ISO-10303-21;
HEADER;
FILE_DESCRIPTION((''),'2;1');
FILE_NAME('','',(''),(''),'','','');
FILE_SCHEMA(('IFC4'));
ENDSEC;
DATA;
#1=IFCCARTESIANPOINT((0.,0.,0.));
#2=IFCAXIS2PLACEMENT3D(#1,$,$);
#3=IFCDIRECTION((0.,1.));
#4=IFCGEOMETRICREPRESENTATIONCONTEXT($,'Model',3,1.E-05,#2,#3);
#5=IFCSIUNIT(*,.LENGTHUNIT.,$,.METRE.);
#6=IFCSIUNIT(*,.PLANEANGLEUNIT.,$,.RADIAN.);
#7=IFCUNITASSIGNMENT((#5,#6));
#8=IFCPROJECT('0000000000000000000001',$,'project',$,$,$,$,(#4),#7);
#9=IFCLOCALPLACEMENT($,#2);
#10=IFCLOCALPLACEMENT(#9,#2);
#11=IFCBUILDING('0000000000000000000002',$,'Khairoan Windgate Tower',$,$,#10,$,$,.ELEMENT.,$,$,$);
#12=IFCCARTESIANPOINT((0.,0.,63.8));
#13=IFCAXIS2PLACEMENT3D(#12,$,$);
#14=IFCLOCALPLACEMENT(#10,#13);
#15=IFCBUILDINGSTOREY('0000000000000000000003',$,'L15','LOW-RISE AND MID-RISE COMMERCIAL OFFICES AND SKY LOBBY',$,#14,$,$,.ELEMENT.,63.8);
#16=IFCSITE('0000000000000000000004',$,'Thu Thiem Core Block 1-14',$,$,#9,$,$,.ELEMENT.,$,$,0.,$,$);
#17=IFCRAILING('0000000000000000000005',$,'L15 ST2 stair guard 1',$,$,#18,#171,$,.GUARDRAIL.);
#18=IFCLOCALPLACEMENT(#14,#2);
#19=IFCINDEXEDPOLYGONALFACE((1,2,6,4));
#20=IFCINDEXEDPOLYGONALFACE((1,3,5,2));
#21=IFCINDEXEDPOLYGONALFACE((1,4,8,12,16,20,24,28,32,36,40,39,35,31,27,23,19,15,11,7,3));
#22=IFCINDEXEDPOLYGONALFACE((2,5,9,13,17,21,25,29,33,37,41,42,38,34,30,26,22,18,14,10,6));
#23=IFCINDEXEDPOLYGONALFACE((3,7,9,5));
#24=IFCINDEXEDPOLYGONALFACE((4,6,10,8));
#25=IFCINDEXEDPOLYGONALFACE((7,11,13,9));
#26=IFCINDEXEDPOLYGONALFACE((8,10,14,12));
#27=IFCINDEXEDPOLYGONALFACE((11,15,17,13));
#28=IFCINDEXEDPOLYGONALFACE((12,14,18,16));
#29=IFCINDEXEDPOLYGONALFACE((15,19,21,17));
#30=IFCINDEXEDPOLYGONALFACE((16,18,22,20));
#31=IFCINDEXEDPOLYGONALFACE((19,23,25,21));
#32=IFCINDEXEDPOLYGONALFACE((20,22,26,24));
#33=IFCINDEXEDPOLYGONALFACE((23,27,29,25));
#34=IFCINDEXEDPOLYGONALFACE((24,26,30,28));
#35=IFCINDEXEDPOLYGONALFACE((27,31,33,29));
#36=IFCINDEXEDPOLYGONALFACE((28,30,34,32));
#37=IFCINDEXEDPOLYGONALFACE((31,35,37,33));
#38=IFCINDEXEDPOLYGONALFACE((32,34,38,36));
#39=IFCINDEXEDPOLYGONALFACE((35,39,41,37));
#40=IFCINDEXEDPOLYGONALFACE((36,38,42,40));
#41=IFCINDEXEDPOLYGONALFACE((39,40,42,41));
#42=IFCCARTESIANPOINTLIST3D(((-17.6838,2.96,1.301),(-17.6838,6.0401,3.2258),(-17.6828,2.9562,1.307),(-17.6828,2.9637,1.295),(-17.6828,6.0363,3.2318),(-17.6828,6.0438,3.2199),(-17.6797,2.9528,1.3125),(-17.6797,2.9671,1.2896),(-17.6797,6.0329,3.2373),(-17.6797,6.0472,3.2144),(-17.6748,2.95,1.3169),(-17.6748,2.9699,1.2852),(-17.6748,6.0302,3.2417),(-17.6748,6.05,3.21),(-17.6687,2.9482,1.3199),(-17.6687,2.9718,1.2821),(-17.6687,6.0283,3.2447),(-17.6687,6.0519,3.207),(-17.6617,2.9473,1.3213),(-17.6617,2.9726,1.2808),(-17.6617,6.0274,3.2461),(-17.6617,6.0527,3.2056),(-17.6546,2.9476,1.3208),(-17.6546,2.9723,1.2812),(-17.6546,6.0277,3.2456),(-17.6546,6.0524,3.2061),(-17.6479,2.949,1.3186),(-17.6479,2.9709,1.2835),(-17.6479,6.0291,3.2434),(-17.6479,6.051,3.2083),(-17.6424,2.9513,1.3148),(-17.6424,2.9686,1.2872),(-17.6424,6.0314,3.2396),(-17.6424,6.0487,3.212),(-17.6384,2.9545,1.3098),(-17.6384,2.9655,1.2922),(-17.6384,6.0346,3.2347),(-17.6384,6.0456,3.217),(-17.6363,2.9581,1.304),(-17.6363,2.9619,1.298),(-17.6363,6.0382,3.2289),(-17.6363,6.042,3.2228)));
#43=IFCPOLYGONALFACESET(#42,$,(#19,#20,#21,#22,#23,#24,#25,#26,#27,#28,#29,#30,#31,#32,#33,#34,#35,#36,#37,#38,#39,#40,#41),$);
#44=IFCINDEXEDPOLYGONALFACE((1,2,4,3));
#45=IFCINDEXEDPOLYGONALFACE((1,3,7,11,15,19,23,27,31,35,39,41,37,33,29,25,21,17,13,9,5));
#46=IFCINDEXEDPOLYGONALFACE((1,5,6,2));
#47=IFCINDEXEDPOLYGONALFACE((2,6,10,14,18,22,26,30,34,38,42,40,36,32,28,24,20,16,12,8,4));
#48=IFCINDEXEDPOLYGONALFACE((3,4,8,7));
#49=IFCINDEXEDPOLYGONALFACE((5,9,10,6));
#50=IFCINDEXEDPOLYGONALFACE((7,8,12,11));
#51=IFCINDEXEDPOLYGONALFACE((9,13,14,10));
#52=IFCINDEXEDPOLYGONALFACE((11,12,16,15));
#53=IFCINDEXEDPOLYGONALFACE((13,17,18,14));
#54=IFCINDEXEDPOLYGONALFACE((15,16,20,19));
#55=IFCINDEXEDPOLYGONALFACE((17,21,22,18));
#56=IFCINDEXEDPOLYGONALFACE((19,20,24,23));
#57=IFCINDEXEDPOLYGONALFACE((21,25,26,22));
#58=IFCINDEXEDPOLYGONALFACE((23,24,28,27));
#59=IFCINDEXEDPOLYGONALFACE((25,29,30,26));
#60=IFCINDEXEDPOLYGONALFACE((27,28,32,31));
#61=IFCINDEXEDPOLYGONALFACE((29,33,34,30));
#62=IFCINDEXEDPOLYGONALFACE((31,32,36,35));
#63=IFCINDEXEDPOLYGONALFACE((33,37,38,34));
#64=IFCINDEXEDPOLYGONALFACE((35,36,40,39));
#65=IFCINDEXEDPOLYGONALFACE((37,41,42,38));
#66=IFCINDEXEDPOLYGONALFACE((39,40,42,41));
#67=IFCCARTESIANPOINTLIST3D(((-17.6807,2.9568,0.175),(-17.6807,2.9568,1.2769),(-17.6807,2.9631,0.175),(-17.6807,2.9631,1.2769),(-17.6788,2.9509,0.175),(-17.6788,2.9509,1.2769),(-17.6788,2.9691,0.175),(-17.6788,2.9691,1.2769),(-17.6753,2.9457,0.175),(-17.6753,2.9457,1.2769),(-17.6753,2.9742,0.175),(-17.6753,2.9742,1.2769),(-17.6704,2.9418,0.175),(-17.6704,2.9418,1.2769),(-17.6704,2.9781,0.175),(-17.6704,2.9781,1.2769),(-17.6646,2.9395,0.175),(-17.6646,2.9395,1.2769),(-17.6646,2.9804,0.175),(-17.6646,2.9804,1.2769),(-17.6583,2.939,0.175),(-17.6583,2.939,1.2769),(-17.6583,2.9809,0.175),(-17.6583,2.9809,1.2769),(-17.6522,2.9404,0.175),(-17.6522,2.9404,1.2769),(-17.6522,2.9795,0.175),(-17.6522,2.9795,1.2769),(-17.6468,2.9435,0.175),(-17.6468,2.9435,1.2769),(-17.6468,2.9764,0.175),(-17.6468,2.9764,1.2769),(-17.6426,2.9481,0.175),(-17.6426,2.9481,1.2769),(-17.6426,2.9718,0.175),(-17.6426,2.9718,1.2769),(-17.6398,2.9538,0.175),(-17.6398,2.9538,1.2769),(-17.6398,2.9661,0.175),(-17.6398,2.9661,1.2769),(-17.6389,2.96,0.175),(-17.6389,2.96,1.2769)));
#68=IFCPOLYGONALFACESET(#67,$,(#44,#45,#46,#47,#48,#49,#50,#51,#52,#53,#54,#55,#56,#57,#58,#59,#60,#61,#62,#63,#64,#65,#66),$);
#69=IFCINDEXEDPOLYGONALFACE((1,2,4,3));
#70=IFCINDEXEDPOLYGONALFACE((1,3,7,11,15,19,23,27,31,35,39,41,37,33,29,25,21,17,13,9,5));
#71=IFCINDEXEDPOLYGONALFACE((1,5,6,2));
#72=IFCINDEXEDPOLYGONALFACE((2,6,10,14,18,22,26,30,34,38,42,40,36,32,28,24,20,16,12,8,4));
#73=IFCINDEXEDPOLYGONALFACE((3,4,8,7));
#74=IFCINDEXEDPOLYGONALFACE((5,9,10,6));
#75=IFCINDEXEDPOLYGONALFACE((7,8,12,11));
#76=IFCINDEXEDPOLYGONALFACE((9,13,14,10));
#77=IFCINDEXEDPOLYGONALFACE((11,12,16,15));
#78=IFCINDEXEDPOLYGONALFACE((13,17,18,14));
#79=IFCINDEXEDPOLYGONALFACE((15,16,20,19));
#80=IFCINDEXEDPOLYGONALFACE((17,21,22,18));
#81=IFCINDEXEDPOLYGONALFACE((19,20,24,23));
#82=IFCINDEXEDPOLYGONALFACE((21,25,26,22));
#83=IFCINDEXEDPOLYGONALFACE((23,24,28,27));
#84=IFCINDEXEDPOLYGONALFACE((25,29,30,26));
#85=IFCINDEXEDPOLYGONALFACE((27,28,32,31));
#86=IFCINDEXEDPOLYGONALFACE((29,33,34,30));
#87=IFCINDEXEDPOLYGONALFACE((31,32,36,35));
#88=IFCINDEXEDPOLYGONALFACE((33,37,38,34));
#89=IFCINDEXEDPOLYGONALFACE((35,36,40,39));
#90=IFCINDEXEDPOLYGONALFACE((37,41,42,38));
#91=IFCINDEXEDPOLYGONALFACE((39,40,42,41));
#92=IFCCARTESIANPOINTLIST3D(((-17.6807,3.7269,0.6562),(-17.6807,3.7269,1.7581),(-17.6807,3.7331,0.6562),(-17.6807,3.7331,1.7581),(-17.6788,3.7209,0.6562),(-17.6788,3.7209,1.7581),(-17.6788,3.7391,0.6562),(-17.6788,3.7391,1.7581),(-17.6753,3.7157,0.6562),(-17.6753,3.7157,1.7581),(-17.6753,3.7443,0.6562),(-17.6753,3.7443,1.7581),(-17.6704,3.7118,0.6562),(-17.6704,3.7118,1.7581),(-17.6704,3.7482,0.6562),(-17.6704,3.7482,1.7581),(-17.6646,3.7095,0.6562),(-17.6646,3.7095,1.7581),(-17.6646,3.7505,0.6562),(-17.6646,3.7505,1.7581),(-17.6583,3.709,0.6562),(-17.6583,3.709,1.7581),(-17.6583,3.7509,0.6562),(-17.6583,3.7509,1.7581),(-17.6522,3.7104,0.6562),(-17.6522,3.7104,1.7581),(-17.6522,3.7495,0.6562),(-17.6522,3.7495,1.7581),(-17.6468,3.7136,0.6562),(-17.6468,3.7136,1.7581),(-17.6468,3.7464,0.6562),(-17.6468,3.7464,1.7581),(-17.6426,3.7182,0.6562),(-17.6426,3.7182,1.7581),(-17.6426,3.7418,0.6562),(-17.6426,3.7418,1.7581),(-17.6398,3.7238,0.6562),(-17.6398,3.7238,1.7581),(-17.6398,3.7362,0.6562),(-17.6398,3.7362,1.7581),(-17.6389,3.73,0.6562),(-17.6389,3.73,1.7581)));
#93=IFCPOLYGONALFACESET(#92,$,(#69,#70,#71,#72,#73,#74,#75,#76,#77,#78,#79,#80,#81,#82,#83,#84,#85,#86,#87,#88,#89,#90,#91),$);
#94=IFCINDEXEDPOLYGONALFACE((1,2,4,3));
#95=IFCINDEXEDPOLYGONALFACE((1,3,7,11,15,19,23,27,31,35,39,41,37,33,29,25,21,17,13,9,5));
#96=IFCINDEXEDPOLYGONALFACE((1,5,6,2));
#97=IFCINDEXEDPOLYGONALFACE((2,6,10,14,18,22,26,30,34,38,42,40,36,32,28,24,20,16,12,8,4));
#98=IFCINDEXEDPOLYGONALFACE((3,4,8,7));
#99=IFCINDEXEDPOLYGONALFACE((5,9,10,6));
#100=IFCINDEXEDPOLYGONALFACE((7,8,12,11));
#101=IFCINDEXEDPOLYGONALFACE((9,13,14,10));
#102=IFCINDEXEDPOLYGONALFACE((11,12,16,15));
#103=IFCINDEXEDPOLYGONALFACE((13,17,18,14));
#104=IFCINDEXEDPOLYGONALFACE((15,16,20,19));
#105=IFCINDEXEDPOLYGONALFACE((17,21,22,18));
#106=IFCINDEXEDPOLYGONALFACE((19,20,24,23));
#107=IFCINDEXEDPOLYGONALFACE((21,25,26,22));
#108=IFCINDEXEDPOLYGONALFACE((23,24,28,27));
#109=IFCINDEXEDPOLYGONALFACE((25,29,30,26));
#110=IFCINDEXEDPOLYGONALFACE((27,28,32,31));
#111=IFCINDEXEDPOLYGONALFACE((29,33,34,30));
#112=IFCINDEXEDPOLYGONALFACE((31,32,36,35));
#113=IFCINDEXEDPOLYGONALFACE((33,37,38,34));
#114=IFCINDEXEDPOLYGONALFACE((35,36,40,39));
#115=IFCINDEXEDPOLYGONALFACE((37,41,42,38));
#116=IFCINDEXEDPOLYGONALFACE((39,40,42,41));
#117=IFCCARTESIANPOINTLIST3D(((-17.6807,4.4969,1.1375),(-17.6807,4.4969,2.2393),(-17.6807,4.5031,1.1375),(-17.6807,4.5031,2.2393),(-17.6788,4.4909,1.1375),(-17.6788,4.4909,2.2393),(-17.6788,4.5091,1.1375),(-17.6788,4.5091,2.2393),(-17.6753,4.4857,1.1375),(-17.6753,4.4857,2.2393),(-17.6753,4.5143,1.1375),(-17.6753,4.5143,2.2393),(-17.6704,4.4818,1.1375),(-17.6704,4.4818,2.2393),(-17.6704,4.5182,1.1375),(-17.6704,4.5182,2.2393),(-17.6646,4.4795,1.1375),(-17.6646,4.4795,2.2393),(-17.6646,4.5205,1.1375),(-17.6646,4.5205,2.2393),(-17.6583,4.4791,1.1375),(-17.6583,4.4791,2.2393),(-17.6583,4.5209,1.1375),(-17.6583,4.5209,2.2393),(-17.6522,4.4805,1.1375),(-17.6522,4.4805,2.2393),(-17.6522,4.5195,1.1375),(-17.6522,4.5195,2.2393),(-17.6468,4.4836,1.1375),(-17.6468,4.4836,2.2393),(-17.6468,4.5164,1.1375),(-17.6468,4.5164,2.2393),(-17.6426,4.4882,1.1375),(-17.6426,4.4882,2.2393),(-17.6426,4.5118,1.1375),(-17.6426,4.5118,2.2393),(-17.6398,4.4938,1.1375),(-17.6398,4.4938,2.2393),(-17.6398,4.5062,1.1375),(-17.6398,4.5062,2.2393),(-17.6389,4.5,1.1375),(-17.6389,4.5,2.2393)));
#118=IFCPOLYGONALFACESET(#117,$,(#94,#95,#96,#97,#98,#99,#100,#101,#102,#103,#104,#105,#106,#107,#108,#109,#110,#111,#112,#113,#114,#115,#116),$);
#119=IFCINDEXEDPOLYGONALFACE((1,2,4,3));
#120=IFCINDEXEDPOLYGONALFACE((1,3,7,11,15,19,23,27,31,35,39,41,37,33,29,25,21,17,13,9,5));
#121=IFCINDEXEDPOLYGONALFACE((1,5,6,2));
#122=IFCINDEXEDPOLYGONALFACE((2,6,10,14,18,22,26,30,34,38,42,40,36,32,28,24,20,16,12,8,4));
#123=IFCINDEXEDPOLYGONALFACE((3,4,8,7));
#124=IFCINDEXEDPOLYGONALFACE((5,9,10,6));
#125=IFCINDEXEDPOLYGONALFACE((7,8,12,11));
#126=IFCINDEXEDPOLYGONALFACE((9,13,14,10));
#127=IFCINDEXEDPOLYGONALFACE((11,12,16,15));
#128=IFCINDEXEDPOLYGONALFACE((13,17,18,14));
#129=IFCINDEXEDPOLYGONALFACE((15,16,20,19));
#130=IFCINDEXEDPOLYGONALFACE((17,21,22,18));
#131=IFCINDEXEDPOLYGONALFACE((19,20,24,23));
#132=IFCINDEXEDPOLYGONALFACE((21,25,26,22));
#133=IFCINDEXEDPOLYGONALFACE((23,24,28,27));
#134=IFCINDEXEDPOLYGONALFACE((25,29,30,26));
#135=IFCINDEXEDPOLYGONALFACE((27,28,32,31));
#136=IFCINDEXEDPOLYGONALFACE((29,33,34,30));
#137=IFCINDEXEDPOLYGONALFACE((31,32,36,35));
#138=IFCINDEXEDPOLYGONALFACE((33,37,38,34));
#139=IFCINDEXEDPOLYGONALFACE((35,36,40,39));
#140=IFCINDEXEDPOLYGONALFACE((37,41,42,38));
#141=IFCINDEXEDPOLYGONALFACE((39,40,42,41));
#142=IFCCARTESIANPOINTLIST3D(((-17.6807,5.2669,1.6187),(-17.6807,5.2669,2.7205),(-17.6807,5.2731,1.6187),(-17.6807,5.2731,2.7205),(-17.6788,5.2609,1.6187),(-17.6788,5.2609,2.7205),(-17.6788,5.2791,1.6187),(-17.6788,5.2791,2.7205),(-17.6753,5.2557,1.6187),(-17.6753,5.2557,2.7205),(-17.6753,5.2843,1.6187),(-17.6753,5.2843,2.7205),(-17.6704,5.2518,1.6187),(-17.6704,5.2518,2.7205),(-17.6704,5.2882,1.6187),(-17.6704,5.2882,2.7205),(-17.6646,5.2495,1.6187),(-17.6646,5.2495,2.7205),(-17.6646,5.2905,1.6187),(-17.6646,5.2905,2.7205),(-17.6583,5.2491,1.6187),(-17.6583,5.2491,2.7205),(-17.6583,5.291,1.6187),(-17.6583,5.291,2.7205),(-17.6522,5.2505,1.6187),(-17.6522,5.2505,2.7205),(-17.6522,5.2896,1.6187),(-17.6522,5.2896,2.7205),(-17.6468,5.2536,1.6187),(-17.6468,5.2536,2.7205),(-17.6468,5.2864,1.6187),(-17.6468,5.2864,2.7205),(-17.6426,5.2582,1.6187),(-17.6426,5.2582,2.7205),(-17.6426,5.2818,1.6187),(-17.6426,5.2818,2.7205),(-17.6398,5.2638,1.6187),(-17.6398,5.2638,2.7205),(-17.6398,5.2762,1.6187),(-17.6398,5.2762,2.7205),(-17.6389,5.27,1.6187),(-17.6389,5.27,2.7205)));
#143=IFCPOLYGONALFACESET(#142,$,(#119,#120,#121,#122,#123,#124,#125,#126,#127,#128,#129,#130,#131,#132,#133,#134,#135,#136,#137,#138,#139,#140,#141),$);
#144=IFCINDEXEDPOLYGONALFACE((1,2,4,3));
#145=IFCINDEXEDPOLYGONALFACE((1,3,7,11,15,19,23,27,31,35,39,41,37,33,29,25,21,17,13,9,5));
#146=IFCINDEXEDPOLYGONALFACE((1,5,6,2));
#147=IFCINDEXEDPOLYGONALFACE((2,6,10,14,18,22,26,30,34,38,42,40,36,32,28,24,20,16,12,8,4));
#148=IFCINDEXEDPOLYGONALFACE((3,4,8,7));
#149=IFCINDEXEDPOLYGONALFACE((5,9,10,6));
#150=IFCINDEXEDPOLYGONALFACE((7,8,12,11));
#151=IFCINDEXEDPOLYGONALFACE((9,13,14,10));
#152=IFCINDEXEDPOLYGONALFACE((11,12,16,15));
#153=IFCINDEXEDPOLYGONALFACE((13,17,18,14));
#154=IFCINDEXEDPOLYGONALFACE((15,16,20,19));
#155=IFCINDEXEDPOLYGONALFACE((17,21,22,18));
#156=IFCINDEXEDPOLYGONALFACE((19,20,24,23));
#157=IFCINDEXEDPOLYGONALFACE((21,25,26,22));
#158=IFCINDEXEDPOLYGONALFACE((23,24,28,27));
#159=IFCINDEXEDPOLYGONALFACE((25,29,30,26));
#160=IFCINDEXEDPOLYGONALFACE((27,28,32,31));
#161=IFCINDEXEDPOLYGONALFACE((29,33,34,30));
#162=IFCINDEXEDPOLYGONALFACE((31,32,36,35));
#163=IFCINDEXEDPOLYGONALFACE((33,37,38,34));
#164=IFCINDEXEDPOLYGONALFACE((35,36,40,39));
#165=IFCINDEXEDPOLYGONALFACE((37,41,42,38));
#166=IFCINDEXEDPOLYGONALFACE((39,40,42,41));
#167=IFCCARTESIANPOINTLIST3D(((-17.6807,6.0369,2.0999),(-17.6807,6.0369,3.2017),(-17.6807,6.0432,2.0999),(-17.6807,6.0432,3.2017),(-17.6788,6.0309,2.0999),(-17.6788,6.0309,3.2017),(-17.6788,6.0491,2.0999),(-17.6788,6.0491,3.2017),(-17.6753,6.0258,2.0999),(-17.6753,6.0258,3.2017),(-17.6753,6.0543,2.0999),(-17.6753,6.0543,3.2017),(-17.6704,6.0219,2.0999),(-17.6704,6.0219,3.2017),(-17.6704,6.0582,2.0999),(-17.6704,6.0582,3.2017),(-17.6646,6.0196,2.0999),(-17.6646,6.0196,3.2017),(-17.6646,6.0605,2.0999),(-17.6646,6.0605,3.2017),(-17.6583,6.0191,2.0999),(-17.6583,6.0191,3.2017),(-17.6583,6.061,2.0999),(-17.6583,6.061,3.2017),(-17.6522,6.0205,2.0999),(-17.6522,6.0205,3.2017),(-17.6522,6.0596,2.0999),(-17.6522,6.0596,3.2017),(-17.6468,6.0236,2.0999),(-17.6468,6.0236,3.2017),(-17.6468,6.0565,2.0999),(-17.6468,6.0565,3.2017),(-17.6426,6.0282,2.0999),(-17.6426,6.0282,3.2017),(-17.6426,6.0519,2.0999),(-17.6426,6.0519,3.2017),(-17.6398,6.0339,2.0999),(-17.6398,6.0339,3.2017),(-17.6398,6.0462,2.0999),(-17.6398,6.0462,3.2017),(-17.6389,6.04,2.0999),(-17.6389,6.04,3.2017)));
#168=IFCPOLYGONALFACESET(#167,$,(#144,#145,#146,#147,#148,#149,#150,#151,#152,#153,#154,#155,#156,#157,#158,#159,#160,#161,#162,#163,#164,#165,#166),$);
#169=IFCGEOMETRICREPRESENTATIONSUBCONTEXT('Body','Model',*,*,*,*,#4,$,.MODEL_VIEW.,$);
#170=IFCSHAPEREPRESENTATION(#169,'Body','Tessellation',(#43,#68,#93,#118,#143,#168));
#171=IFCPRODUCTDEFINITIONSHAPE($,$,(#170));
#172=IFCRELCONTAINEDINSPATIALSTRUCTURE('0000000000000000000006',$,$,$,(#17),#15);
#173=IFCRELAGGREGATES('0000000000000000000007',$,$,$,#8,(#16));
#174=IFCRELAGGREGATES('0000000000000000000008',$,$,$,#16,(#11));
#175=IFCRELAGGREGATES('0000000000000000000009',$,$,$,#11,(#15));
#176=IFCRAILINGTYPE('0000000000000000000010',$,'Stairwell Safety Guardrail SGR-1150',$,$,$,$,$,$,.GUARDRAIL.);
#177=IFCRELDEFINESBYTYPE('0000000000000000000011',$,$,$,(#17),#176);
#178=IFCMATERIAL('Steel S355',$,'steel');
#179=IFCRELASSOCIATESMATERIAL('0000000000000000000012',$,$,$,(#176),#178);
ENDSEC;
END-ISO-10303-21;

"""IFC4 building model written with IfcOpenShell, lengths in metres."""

from ifc_helpers import new_model, si_unit, direction, frame, origin, origin_2d, place, context, subcontext, project, spatial, circle, extrude, material, type_object, element, save


model = new_model("IFC4")

# Units and contexts
model_context = context("Model", 3, precision=1e-05, world=origin(), true_north=direction((0.0, 1.0)))
body_context = subcontext(model_context, "Body", "Model", "MODEL_VIEW")
ifc_project = project(units=[si_unit("LENGTHUNIT", "METRE"), si_unit("PLANEANGLEUNIT", "RADIAN")], contexts=[model_context])

# Site, building, storey
site_placement = place(None, origin())
site = spatial("IfcSite", under=ifc_project, at=site_placement, Name="Thu Thiem Core Block 1-14", CompositionType="ELEMENT", RefElevation=0.0)
building_placement = place(site_placement, origin())
building = spatial("IfcBuilding", under=site, at=building_placement, Name="Khairoan Windgate Tower", CompositionType="ELEMENT")
storey_placement = place(building_placement, frame((0.0, 0.0, 63.8)))
storey = spatial("IfcBuildingStorey", under=building, at=storey_placement, Name="L15", Description="LOW-RISE AND MID-RISE COMMERCIAL OFFICES AND SKY LOBBY", CompositionType="ELEMENT", Elevation=63.8)

# Railing
ifc_material_1 = material(Name="Steel S355", Category="steel")
railing_type_1 = type_object("IfcRailingType", Name="Stairwell Safety Guardrail SGR-1150", PredefinedType="GUARDRAIL", material=ifc_material_1)
railing_1_placement = place(storey_placement, frame((-17.6599, 2.96, 0.175)))
element("IfcRailing", 1, at=railing_1_placement, inside=storey, type_object=railing_type_1, Name="L15 ST2 stair guard 1", PredefinedType="GUARDRAIL", context=body_context, shape_type="SweptSolid", body=[
    extrude(circle(Radius=0.0239, at=origin_2d()), frame((0.0, 0.0, 1.126), z_axis=(0.0, 0.848029, 0.529951), x_axis=(-1.0, 0.0, 0.0)), (0.0, 0.0, 1.0), 3.6321),
    extrude(circle(Radius=0.021, at=origin_2d()), origin(), (0.0, 0.0, 1.0), 1.1018),
    extrude(circle(Radius=0.021, at=origin_2d()), frame((0.0, 0.77, 0.4812)), (0.0, 0.0, 1.0), 1.1018),
    extrude(circle(Radius=0.021, at=origin_2d()), frame((0.0, 1.54, 0.9624)), (0.0, 0.0, 1.0), 1.1018),
    extrude(circle(Radius=0.021, at=origin_2d()), frame((0.0, 2.3101, 1.4436)), (0.0, 0.0, 1.0), 1.1018),
    extrude(circle(Radius=0.021, at=origin_2d()), frame((0.0, 3.0801, 1.9248)), (0.0, 0.0, 1.0), 1.1018),
])

save(model, "model.ifc")
